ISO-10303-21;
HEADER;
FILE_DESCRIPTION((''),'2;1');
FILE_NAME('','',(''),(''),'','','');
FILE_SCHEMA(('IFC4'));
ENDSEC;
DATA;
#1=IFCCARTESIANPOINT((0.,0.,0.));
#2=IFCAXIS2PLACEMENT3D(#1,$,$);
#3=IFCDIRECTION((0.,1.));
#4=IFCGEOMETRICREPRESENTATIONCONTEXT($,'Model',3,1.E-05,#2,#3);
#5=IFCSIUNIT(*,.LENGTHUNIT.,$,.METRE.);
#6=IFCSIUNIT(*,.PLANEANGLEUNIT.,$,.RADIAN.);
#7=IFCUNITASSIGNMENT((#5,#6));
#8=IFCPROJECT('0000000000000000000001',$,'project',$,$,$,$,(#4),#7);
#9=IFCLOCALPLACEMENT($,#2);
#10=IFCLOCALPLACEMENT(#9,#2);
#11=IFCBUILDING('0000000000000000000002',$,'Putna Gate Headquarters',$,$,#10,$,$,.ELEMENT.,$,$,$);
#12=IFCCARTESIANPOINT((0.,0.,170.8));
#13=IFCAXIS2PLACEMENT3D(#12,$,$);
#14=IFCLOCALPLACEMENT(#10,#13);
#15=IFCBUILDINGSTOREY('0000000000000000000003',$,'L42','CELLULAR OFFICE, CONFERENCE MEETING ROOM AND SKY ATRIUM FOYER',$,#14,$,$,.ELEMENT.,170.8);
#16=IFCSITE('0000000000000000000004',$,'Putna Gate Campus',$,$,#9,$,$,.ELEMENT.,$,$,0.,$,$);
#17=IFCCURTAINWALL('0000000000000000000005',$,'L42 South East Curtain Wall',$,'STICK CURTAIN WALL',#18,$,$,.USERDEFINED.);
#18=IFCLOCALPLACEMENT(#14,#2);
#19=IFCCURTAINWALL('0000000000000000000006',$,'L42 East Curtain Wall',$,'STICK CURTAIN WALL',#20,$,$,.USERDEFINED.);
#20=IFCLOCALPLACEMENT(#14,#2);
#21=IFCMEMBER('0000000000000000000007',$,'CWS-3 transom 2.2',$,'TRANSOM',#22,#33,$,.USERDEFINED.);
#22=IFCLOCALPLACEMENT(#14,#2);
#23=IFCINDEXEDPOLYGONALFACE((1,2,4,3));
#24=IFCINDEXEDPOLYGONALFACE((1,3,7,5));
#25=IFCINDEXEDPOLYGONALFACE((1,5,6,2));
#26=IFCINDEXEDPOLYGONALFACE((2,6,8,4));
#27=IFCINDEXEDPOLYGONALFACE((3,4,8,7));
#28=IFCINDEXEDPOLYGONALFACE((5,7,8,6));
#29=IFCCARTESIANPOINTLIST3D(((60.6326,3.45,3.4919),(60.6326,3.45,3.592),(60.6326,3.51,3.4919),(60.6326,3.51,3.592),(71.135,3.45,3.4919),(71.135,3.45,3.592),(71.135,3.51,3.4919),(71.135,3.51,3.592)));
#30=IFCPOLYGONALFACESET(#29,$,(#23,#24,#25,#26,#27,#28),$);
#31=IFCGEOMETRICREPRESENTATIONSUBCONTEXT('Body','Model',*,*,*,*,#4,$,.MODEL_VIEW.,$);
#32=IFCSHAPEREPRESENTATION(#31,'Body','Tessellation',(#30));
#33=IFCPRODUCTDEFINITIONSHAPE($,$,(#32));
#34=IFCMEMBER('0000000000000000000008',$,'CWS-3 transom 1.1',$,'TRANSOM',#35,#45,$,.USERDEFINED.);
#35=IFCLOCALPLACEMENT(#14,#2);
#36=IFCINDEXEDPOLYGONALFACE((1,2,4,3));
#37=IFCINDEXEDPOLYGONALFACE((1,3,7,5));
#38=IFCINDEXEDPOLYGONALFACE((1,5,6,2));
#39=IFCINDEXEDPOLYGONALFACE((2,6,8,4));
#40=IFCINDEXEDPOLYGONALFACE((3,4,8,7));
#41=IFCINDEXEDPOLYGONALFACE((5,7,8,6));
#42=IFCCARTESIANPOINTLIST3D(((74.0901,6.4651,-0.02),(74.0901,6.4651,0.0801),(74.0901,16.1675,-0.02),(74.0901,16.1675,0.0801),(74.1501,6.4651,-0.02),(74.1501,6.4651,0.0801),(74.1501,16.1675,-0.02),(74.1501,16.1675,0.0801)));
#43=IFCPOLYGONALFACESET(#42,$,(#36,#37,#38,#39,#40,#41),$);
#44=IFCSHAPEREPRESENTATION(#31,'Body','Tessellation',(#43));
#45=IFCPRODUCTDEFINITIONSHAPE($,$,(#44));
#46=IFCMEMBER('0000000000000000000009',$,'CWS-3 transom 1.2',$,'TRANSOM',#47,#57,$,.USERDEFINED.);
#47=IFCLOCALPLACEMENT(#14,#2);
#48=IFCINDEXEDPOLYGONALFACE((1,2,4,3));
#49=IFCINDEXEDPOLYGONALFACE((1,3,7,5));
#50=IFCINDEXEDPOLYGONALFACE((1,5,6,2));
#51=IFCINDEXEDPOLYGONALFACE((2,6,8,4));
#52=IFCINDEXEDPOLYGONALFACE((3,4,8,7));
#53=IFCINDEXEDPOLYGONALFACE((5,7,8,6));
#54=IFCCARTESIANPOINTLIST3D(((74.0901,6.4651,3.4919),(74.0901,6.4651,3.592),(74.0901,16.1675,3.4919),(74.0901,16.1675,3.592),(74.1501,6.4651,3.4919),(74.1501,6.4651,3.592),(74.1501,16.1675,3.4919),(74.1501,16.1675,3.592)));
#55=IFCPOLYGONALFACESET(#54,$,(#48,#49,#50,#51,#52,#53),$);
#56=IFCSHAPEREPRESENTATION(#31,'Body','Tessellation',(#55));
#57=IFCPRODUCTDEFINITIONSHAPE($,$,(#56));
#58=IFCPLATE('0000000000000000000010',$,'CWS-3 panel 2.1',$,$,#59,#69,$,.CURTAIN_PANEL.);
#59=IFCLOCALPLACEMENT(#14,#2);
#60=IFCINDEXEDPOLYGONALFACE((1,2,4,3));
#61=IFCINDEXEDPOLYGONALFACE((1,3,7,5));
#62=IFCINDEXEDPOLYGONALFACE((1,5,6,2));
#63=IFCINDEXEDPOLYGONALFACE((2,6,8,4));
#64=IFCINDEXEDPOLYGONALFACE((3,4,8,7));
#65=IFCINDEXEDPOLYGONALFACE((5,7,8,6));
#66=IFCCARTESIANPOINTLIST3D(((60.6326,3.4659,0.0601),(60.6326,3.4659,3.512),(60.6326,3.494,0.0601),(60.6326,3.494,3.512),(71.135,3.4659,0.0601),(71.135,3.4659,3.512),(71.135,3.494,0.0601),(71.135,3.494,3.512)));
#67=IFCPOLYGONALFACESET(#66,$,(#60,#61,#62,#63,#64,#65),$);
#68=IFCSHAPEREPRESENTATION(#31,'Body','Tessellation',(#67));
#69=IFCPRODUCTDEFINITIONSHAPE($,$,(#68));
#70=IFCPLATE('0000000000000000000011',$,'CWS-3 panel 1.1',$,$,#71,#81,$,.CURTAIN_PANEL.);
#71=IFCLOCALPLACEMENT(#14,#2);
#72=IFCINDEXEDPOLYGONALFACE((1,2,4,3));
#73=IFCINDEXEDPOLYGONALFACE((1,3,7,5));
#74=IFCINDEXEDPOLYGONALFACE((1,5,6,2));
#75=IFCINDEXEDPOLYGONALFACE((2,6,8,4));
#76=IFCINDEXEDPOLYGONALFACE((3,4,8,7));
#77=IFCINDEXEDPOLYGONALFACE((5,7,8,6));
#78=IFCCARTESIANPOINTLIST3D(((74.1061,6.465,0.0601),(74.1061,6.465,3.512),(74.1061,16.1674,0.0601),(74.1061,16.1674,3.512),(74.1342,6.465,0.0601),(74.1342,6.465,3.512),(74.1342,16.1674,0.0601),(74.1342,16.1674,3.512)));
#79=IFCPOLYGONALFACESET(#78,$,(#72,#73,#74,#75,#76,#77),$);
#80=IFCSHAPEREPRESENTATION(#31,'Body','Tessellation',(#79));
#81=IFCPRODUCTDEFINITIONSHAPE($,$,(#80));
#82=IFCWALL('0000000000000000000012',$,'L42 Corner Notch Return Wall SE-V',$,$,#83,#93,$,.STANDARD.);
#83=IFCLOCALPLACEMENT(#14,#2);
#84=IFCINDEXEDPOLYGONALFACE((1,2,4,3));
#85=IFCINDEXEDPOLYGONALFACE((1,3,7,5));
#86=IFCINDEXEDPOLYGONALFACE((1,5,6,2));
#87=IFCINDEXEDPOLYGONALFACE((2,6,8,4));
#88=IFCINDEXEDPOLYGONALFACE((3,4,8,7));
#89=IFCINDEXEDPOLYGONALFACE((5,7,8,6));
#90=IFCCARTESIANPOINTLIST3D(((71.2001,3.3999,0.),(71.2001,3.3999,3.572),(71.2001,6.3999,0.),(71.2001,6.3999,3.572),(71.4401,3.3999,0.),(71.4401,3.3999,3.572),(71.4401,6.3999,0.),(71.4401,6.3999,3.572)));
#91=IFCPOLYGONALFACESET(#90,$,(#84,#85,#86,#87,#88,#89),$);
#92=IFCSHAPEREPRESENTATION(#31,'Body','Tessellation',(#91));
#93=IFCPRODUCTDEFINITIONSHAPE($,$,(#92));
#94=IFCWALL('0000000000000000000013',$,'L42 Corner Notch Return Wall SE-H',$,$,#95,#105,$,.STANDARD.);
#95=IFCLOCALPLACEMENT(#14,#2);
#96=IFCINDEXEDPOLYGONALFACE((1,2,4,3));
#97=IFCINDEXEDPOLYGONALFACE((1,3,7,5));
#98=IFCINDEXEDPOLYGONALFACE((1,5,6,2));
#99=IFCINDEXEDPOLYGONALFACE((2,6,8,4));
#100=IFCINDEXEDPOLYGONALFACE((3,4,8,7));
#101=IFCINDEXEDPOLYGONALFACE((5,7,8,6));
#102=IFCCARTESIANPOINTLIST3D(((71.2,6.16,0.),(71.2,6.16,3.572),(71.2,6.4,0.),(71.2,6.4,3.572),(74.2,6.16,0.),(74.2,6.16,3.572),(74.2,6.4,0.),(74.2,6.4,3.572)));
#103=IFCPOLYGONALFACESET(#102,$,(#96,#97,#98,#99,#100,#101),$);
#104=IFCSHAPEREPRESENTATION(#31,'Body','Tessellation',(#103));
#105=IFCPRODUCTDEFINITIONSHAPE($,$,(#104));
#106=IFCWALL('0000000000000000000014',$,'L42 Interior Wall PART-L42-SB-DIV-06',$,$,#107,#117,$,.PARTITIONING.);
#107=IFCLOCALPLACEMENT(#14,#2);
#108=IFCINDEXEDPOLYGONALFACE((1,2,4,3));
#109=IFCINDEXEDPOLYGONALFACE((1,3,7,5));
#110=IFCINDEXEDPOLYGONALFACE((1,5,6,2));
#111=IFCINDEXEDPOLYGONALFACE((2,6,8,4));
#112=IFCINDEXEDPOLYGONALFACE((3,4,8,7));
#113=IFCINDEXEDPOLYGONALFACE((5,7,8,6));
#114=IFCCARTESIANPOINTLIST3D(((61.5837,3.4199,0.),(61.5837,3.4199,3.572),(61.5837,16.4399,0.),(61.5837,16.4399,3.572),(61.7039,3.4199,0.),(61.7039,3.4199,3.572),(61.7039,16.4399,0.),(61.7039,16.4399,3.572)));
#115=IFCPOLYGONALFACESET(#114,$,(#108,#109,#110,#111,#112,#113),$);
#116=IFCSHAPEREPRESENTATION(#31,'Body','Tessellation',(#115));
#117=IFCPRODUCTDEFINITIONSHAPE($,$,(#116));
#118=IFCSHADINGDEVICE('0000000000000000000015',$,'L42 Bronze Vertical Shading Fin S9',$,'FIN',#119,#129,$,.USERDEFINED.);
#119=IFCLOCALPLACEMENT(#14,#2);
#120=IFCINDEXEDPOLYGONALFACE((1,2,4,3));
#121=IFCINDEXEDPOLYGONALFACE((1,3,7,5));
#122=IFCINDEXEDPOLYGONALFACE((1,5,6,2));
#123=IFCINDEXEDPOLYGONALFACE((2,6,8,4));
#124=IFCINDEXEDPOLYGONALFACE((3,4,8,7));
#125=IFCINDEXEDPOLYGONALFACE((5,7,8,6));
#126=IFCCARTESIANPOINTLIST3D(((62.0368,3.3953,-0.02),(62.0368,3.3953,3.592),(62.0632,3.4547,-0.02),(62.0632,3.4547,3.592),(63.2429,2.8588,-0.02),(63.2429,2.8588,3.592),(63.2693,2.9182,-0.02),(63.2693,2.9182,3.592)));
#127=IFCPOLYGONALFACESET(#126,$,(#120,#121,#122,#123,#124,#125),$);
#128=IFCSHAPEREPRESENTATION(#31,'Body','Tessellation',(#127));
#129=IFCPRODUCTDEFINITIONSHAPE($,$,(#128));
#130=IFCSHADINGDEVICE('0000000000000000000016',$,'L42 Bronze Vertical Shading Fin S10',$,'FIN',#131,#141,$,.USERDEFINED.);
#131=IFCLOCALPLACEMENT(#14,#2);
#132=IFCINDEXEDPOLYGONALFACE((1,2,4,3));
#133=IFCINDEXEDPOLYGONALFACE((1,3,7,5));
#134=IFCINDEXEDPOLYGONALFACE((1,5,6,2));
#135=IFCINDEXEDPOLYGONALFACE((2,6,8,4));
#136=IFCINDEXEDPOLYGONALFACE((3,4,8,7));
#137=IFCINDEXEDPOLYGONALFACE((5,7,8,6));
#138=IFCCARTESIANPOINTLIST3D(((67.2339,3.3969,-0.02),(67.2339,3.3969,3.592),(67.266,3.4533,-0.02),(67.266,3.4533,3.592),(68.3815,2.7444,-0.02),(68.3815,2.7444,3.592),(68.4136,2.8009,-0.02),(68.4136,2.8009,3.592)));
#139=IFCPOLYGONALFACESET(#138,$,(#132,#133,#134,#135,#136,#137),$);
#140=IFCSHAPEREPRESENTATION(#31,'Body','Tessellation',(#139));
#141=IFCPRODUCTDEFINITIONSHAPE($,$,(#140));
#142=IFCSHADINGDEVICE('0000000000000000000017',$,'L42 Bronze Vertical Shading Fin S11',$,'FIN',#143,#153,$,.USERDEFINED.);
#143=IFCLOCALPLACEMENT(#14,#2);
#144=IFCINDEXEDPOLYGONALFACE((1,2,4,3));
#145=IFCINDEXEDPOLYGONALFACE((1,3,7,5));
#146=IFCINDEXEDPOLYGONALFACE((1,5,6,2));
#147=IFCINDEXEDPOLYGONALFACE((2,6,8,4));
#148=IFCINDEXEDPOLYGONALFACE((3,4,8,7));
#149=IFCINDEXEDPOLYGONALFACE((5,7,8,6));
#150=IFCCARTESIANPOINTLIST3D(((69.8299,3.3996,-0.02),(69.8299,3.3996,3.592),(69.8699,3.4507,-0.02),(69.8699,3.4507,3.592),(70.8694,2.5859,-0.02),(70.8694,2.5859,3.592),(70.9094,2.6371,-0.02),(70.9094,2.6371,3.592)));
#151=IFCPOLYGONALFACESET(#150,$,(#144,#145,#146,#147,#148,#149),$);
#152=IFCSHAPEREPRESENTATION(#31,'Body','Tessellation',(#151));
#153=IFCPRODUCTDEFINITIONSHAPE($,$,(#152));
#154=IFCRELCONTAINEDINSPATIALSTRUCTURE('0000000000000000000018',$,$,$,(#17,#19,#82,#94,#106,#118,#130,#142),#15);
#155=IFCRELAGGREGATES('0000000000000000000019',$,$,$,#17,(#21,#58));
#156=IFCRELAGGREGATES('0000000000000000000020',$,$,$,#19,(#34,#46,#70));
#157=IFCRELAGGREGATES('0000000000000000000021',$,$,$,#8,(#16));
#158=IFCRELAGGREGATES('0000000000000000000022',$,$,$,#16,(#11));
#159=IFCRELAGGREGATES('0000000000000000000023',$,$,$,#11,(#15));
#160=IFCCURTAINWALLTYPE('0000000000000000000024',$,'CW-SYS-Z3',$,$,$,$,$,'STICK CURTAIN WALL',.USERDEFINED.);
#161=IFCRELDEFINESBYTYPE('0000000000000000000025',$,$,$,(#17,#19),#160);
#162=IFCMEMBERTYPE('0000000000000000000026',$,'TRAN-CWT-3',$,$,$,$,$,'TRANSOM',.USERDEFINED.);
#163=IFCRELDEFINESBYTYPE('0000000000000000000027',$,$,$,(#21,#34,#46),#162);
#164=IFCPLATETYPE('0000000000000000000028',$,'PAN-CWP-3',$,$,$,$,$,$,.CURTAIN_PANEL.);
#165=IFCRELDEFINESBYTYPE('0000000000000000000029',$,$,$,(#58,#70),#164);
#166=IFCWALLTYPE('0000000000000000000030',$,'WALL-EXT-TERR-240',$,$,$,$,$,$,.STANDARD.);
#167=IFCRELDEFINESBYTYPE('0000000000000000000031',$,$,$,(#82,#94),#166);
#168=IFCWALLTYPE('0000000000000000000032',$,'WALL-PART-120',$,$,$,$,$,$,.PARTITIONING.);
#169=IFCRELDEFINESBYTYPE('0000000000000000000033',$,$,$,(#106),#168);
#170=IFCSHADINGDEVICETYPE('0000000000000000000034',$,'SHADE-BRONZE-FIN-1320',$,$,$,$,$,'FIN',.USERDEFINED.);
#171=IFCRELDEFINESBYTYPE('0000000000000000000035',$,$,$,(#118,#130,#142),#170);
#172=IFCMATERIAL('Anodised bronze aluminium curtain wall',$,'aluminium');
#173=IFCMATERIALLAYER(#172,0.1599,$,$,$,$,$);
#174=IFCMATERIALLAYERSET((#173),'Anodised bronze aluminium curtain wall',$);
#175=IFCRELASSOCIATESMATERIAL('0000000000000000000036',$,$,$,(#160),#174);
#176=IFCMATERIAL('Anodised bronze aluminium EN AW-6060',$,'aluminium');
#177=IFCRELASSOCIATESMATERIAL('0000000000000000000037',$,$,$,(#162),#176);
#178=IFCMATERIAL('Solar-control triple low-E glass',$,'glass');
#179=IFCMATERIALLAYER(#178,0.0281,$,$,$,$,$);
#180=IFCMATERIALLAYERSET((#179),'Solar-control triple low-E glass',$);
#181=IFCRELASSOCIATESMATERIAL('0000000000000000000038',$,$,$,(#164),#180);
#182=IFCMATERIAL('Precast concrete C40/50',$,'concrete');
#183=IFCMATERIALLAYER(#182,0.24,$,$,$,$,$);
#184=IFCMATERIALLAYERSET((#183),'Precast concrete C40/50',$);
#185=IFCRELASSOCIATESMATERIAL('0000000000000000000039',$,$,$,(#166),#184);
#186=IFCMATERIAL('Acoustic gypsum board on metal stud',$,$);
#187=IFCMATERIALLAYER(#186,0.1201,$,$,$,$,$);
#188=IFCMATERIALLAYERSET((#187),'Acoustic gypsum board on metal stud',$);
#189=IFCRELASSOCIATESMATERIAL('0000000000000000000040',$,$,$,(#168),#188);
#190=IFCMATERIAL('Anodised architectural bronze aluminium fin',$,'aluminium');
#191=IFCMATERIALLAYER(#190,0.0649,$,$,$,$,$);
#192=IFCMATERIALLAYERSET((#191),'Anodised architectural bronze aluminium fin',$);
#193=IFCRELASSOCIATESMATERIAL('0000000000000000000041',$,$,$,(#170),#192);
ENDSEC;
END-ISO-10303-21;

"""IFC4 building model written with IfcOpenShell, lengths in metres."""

from ifc_helpers import new_model, si_unit, direction, frame, frame_2d, origin, origin_2d, place, context, subcontext, project, spatial, rectangle, extrude, material, layer, layer_set, material_profile, profile_set, type_object, element, aggregate, save


model = new_model("IFC4")

# Units and contexts
model_context = context("Model", 3, precision=1e-05, world=origin(), true_north=direction((0.0, 1.0)))
body_context = subcontext(model_context, "Body", "Model", "MODEL_VIEW")
ifc_project = project(units=[si_unit("LENGTHUNIT", "METRE"), si_unit("PLANEANGLEUNIT", "RADIAN")], contexts=[model_context])

# Site, building, storey
site_placement = place(None, origin())
site = spatial("IfcSite", under=ifc_project, at=site_placement, Name="Putna Gate Campus", CompositionType="ELEMENT", RefElevation=0.0)
building_placement = place(site_placement, origin())
building = spatial("IfcBuilding", under=site, at=building_placement, Name="Putna Gate Headquarters", CompositionType="ELEMENT")
storey_placement = place(building_placement, frame((0.0, 0.0, 170.8)))
storey = spatial("IfcBuildingStorey", under=building, at=storey_placement, Name="L42", Description="CELLULAR OFFICE, CONFERENCE MEETING ROOM AND SKY ATRIUM FOYER", CompositionType="ELEMENT", Elevation=170.8)

# Curtain wall
ifc_material_1 = material(Name="Anodised bronze aluminium curtain wall", Category="aluminium")
ifc_layer_1 = layer(ifc_material_1, 0.1599)
ifc_layer_set_1 = layer_set([ifc_layer_1], Name="Anodised bronze aluminium curtain wall")
curtain_wall_type = type_object("IfcCurtainWallType", Name="CW-SYS-Z3", ElementType="STICK CURTAIN WALL", PredefinedType="USERDEFINED", material=ifc_layer_set_1)
curtain_wall_1_placement = place(storey_placement, origin())
curtain_wall_1 = element("IfcCurtainWall", 1, at=curtain_wall_1_placement, inside=storey, type_object=curtain_wall_type, Name="L42 South East Curtain Wall", ObjectType="STICK CURTAIN WALL", PredefinedType="USERDEFINED")
ifc_material_2 = material(Name="Anodised bronze aluminium EN AW-6060", Category="aluminium")

# Curtain wall
curtain_wall_2_placement = place(storey_placement, origin())
curtain_wall_2 = element("IfcCurtainWall", 2, at=curtain_wall_2_placement, inside=storey, type_object=curtain_wall_type, Name="L42 East Curtain Wall", ObjectType="STICK CURTAIN WALL", PredefinedType="USERDEFINED")

# Members
ifc_material_profile_1 = material_profile(ifc_material_2, rectangle(XDim=0.0601, YDim=0.1001, at=origin_2d()), Name="Anodised bronze aluminium EN AW-6060")
ifc_profile_set_1 = profile_set([ifc_material_profile_1], Name="Anodised bronze aluminium EN AW-6060")
member_type_1 = type_object("IfcMemberType", Name="TRAN-CWT-3", ElementType="TRANSOM", PredefinedType="USERDEFINED", material=ifc_profile_set_1)
member_1_placement = place(storey_placement, frame((60.6326, 3.48, 3.542), z_axis=(1.0, 0.0, 0.0), x_axis=(0.0, 1.0, 0.0)))
member_1 = element("IfcMember", 3, at=member_1_placement, type_object=member_type_1, Name="CWS-3 transom 2.2", ObjectType="TRANSOM", PredefinedType="USERDEFINED", context=body_context, shape_type="SweptSolid", body=[
    extrude(rectangle(XDim=0.0601, YDim=0.1001, at=origin_2d()), origin(), (0.0, 0.0, 1.0), 10.5024),
])
member_2_placement = place(storey_placement, frame((74.1201, 6.4651, 0.03), z_axis=(0.0, 1.0, 0.0), x_axis=(-1.0, 0.0, 0.0)))
member_2 = element("IfcMember", 4, at=member_2_placement, type_object=member_type_1, Name="CWS-3 transom 1.1", ObjectType="TRANSOM", PredefinedType="USERDEFINED", context=body_context, shape_type="SweptSolid", body=[
    extrude(rectangle(XDim=0.0601, YDim=0.1001, at=origin_2d()), origin(), (0.0, 0.0, 1.0), 9.7024),
])
member_3_placement = place(storey_placement, frame((74.1201, 6.4651, 3.542), z_axis=(0.0, 1.0, 0.0), x_axis=(-1.0, 0.0, 0.0)))
member_3 = element("IfcMember", 5, at=member_3_placement, type_object=member_type_1, Name="CWS-3 transom 1.2", ObjectType="TRANSOM", PredefinedType="USERDEFINED", context=body_context, shape_type="SweptSolid", body=[
    extrude(rectangle(XDim=0.0601, YDim=0.1001, at=origin_2d()), origin(), (0.0, 0.0, 1.0), 9.7024),
])

# Plates
ifc_material_3 = material(Name="Solar-control triple low-E glass", Category="glass")
ifc_layer_2 = layer(ifc_material_3, 0.0281)
ifc_layer_set_2 = layer_set([ifc_layer_2], Name="Solar-control triple low-E glass")
plate_type = type_object("IfcPlateType", Name="PAN-CWP-3", PredefinedType="CURTAIN_PANEL", material=ifc_layer_set_2)
plate_1_placement = place(storey_placement, frame((65.8838, 3.48, 0.0601), z_axis=(0.0, 0.0, 1.0), x_axis=(1.0, 0.0, 0.0)))
plate_1 = element("IfcPlate", 6, at=plate_1_placement, type_object=plate_type, Name="CWS-3 panel 2.1", PredefinedType="CURTAIN_PANEL", context=body_context, shape_type="SweptSolid", body=[
    extrude(rectangle(XDim=10.5024, YDim=0.0281, at=origin_2d()), origin(), (0.0, 0.0, 1.0), 3.4519),
])
aggregate(curtain_wall_1, [member_1, plate_1])
plate_2_placement = place(storey_placement, frame((74.1201, 11.3162, 0.0601), z_axis=(0.0, 0.0, 1.0), x_axis=(0.0, 1.0, 0.0)))
plate_2 = element("IfcPlate", 7, at=plate_2_placement, type_object=plate_type, Name="CWS-3 panel 1.1", PredefinedType="CURTAIN_PANEL", context=body_context, shape_type="SweptSolid", body=[
    extrude(rectangle(XDim=9.7024, YDim=0.0281, at=origin_2d()), origin(), (0.0, 0.0, 1.0), 3.4519),
])
aggregate(curtain_wall_2, [member_2, member_3, plate_2])

# Walls
ifc_material_4 = material(Name="Precast concrete C40/50", Category="concrete")
ifc_layer_3 = layer(ifc_material_4, 0.24)
ifc_layer_set_3 = layer_set([ifc_layer_3], Name="Precast concrete C40/50")
wall_type_1 = type_object("IfcWallType", Name="WALL-EXT-TERR-240", PredefinedType="STANDARD", material=ifc_layer_set_3)
for number, where, z_axis, x_axis, name in (
    (8, (71.3201, 6.3999, 0.0), (0.0, 0.0, 1.0), (0.0, -1.0, 0.0), "L42 Corner Notch Return Wall SE-V"),
    (9, (74.2, 6.28, 0.0), (0.0, 0.0, 1.0), (-1.0, 0.0, 0.0), "L42 Corner Notch Return Wall SE-H"),
):
    element("IfcWall", number, at=place(storey_placement, frame(where, z_axis=z_axis, x_axis=x_axis)), inside=storey, type_object=wall_type_1, Name=name, PredefinedType="STANDARD", context=body_context, shape_type="SweptSolid", body=[
        extrude(rectangle(XDim=3.0, YDim=0.24, at=frame_2d((1.5, 0.0))), origin(), (0.0, 0.0, 1.0), 3.572),
    ])
ifc_material_5 = material(Name="Acoustic gypsum board on metal stud")
ifc_layer_4 = layer(ifc_material_5, 0.1201)
ifc_layer_set_4 = layer_set([ifc_layer_4], Name="Acoustic gypsum board on metal stud")
wall_type_2 = type_object("IfcWallType", Name="WALL-PART-120", PredefinedType="PARTITIONING", material=ifc_layer_set_4)
wall_placement = place(storey_placement, frame((61.6438, 3.4199, 0.0), z_axis=(0.0, 0.0, 1.0), x_axis=(0.0, 1.0, 0.0)))
element("IfcWall", 10, at=wall_placement, inside=storey, type_object=wall_type_2, Name="L42 Interior Wall PART-L42-SB-DIV-06", PredefinedType="PARTITIONING", context=body_context, shape_type="SweptSolid", body=[
    extrude(rectangle(XDim=13.02, YDim=0.1201, at=frame_2d((6.51, 0.0))), origin(), (0.0, 0.0, 1.0), 3.572),
])

# Shading devices
ifc_material_6 = material(Name="Anodised architectural bronze aluminium fin", Category="aluminium")
ifc_layer_5 = layer(ifc_material_6, 0.0649)
ifc_layer_set_5 = layer_set([ifc_layer_5], Name="Anodised architectural bronze aluminium fin")
shading_device_type = type_object("IfcShadingDeviceType", Name="SHADE-BRONZE-FIN-1320", ElementType="FIN", PredefinedType="USERDEFINED", material=ifc_layer_set_5)
for number, where, z_axis, x_axis, name in (
    (11, (62.6531, 3.1567, -0.02), (0.0, 0.0, 1.0), (0.913687, -0.406418, 0.0), "L42 Bronze Vertical Shading Fin S9"),
    (12, (67.8237, 3.0989, -0.02), (0.0, 0.0, 1.0), (0.869322, -0.494245, 0.0), "L42 Bronze Vertical Shading Fin S10"),
    (13, (70.3696, 3.0183, -0.02), (0.0, 0.0, 1.0), (0.787473, -0.616349, 0.0), "L42 Bronze Vertical Shading Fin S11"),
):
    element("IfcShadingDevice", number, at=place(storey_placement, frame(where, z_axis=z_axis, x_axis=x_axis)), inside=storey, type_object=shading_device_type, Name=name, ObjectType="FIN", PredefinedType="USERDEFINED", context=body_context, shape_type="SweptSolid", body=[
        extrude(rectangle(XDim=1.3201, YDim=0.0649, at=origin_2d()), origin(), (0.0, 0.0, 1.0), 3.6121),
    ])

save(model, "model.ifc")
